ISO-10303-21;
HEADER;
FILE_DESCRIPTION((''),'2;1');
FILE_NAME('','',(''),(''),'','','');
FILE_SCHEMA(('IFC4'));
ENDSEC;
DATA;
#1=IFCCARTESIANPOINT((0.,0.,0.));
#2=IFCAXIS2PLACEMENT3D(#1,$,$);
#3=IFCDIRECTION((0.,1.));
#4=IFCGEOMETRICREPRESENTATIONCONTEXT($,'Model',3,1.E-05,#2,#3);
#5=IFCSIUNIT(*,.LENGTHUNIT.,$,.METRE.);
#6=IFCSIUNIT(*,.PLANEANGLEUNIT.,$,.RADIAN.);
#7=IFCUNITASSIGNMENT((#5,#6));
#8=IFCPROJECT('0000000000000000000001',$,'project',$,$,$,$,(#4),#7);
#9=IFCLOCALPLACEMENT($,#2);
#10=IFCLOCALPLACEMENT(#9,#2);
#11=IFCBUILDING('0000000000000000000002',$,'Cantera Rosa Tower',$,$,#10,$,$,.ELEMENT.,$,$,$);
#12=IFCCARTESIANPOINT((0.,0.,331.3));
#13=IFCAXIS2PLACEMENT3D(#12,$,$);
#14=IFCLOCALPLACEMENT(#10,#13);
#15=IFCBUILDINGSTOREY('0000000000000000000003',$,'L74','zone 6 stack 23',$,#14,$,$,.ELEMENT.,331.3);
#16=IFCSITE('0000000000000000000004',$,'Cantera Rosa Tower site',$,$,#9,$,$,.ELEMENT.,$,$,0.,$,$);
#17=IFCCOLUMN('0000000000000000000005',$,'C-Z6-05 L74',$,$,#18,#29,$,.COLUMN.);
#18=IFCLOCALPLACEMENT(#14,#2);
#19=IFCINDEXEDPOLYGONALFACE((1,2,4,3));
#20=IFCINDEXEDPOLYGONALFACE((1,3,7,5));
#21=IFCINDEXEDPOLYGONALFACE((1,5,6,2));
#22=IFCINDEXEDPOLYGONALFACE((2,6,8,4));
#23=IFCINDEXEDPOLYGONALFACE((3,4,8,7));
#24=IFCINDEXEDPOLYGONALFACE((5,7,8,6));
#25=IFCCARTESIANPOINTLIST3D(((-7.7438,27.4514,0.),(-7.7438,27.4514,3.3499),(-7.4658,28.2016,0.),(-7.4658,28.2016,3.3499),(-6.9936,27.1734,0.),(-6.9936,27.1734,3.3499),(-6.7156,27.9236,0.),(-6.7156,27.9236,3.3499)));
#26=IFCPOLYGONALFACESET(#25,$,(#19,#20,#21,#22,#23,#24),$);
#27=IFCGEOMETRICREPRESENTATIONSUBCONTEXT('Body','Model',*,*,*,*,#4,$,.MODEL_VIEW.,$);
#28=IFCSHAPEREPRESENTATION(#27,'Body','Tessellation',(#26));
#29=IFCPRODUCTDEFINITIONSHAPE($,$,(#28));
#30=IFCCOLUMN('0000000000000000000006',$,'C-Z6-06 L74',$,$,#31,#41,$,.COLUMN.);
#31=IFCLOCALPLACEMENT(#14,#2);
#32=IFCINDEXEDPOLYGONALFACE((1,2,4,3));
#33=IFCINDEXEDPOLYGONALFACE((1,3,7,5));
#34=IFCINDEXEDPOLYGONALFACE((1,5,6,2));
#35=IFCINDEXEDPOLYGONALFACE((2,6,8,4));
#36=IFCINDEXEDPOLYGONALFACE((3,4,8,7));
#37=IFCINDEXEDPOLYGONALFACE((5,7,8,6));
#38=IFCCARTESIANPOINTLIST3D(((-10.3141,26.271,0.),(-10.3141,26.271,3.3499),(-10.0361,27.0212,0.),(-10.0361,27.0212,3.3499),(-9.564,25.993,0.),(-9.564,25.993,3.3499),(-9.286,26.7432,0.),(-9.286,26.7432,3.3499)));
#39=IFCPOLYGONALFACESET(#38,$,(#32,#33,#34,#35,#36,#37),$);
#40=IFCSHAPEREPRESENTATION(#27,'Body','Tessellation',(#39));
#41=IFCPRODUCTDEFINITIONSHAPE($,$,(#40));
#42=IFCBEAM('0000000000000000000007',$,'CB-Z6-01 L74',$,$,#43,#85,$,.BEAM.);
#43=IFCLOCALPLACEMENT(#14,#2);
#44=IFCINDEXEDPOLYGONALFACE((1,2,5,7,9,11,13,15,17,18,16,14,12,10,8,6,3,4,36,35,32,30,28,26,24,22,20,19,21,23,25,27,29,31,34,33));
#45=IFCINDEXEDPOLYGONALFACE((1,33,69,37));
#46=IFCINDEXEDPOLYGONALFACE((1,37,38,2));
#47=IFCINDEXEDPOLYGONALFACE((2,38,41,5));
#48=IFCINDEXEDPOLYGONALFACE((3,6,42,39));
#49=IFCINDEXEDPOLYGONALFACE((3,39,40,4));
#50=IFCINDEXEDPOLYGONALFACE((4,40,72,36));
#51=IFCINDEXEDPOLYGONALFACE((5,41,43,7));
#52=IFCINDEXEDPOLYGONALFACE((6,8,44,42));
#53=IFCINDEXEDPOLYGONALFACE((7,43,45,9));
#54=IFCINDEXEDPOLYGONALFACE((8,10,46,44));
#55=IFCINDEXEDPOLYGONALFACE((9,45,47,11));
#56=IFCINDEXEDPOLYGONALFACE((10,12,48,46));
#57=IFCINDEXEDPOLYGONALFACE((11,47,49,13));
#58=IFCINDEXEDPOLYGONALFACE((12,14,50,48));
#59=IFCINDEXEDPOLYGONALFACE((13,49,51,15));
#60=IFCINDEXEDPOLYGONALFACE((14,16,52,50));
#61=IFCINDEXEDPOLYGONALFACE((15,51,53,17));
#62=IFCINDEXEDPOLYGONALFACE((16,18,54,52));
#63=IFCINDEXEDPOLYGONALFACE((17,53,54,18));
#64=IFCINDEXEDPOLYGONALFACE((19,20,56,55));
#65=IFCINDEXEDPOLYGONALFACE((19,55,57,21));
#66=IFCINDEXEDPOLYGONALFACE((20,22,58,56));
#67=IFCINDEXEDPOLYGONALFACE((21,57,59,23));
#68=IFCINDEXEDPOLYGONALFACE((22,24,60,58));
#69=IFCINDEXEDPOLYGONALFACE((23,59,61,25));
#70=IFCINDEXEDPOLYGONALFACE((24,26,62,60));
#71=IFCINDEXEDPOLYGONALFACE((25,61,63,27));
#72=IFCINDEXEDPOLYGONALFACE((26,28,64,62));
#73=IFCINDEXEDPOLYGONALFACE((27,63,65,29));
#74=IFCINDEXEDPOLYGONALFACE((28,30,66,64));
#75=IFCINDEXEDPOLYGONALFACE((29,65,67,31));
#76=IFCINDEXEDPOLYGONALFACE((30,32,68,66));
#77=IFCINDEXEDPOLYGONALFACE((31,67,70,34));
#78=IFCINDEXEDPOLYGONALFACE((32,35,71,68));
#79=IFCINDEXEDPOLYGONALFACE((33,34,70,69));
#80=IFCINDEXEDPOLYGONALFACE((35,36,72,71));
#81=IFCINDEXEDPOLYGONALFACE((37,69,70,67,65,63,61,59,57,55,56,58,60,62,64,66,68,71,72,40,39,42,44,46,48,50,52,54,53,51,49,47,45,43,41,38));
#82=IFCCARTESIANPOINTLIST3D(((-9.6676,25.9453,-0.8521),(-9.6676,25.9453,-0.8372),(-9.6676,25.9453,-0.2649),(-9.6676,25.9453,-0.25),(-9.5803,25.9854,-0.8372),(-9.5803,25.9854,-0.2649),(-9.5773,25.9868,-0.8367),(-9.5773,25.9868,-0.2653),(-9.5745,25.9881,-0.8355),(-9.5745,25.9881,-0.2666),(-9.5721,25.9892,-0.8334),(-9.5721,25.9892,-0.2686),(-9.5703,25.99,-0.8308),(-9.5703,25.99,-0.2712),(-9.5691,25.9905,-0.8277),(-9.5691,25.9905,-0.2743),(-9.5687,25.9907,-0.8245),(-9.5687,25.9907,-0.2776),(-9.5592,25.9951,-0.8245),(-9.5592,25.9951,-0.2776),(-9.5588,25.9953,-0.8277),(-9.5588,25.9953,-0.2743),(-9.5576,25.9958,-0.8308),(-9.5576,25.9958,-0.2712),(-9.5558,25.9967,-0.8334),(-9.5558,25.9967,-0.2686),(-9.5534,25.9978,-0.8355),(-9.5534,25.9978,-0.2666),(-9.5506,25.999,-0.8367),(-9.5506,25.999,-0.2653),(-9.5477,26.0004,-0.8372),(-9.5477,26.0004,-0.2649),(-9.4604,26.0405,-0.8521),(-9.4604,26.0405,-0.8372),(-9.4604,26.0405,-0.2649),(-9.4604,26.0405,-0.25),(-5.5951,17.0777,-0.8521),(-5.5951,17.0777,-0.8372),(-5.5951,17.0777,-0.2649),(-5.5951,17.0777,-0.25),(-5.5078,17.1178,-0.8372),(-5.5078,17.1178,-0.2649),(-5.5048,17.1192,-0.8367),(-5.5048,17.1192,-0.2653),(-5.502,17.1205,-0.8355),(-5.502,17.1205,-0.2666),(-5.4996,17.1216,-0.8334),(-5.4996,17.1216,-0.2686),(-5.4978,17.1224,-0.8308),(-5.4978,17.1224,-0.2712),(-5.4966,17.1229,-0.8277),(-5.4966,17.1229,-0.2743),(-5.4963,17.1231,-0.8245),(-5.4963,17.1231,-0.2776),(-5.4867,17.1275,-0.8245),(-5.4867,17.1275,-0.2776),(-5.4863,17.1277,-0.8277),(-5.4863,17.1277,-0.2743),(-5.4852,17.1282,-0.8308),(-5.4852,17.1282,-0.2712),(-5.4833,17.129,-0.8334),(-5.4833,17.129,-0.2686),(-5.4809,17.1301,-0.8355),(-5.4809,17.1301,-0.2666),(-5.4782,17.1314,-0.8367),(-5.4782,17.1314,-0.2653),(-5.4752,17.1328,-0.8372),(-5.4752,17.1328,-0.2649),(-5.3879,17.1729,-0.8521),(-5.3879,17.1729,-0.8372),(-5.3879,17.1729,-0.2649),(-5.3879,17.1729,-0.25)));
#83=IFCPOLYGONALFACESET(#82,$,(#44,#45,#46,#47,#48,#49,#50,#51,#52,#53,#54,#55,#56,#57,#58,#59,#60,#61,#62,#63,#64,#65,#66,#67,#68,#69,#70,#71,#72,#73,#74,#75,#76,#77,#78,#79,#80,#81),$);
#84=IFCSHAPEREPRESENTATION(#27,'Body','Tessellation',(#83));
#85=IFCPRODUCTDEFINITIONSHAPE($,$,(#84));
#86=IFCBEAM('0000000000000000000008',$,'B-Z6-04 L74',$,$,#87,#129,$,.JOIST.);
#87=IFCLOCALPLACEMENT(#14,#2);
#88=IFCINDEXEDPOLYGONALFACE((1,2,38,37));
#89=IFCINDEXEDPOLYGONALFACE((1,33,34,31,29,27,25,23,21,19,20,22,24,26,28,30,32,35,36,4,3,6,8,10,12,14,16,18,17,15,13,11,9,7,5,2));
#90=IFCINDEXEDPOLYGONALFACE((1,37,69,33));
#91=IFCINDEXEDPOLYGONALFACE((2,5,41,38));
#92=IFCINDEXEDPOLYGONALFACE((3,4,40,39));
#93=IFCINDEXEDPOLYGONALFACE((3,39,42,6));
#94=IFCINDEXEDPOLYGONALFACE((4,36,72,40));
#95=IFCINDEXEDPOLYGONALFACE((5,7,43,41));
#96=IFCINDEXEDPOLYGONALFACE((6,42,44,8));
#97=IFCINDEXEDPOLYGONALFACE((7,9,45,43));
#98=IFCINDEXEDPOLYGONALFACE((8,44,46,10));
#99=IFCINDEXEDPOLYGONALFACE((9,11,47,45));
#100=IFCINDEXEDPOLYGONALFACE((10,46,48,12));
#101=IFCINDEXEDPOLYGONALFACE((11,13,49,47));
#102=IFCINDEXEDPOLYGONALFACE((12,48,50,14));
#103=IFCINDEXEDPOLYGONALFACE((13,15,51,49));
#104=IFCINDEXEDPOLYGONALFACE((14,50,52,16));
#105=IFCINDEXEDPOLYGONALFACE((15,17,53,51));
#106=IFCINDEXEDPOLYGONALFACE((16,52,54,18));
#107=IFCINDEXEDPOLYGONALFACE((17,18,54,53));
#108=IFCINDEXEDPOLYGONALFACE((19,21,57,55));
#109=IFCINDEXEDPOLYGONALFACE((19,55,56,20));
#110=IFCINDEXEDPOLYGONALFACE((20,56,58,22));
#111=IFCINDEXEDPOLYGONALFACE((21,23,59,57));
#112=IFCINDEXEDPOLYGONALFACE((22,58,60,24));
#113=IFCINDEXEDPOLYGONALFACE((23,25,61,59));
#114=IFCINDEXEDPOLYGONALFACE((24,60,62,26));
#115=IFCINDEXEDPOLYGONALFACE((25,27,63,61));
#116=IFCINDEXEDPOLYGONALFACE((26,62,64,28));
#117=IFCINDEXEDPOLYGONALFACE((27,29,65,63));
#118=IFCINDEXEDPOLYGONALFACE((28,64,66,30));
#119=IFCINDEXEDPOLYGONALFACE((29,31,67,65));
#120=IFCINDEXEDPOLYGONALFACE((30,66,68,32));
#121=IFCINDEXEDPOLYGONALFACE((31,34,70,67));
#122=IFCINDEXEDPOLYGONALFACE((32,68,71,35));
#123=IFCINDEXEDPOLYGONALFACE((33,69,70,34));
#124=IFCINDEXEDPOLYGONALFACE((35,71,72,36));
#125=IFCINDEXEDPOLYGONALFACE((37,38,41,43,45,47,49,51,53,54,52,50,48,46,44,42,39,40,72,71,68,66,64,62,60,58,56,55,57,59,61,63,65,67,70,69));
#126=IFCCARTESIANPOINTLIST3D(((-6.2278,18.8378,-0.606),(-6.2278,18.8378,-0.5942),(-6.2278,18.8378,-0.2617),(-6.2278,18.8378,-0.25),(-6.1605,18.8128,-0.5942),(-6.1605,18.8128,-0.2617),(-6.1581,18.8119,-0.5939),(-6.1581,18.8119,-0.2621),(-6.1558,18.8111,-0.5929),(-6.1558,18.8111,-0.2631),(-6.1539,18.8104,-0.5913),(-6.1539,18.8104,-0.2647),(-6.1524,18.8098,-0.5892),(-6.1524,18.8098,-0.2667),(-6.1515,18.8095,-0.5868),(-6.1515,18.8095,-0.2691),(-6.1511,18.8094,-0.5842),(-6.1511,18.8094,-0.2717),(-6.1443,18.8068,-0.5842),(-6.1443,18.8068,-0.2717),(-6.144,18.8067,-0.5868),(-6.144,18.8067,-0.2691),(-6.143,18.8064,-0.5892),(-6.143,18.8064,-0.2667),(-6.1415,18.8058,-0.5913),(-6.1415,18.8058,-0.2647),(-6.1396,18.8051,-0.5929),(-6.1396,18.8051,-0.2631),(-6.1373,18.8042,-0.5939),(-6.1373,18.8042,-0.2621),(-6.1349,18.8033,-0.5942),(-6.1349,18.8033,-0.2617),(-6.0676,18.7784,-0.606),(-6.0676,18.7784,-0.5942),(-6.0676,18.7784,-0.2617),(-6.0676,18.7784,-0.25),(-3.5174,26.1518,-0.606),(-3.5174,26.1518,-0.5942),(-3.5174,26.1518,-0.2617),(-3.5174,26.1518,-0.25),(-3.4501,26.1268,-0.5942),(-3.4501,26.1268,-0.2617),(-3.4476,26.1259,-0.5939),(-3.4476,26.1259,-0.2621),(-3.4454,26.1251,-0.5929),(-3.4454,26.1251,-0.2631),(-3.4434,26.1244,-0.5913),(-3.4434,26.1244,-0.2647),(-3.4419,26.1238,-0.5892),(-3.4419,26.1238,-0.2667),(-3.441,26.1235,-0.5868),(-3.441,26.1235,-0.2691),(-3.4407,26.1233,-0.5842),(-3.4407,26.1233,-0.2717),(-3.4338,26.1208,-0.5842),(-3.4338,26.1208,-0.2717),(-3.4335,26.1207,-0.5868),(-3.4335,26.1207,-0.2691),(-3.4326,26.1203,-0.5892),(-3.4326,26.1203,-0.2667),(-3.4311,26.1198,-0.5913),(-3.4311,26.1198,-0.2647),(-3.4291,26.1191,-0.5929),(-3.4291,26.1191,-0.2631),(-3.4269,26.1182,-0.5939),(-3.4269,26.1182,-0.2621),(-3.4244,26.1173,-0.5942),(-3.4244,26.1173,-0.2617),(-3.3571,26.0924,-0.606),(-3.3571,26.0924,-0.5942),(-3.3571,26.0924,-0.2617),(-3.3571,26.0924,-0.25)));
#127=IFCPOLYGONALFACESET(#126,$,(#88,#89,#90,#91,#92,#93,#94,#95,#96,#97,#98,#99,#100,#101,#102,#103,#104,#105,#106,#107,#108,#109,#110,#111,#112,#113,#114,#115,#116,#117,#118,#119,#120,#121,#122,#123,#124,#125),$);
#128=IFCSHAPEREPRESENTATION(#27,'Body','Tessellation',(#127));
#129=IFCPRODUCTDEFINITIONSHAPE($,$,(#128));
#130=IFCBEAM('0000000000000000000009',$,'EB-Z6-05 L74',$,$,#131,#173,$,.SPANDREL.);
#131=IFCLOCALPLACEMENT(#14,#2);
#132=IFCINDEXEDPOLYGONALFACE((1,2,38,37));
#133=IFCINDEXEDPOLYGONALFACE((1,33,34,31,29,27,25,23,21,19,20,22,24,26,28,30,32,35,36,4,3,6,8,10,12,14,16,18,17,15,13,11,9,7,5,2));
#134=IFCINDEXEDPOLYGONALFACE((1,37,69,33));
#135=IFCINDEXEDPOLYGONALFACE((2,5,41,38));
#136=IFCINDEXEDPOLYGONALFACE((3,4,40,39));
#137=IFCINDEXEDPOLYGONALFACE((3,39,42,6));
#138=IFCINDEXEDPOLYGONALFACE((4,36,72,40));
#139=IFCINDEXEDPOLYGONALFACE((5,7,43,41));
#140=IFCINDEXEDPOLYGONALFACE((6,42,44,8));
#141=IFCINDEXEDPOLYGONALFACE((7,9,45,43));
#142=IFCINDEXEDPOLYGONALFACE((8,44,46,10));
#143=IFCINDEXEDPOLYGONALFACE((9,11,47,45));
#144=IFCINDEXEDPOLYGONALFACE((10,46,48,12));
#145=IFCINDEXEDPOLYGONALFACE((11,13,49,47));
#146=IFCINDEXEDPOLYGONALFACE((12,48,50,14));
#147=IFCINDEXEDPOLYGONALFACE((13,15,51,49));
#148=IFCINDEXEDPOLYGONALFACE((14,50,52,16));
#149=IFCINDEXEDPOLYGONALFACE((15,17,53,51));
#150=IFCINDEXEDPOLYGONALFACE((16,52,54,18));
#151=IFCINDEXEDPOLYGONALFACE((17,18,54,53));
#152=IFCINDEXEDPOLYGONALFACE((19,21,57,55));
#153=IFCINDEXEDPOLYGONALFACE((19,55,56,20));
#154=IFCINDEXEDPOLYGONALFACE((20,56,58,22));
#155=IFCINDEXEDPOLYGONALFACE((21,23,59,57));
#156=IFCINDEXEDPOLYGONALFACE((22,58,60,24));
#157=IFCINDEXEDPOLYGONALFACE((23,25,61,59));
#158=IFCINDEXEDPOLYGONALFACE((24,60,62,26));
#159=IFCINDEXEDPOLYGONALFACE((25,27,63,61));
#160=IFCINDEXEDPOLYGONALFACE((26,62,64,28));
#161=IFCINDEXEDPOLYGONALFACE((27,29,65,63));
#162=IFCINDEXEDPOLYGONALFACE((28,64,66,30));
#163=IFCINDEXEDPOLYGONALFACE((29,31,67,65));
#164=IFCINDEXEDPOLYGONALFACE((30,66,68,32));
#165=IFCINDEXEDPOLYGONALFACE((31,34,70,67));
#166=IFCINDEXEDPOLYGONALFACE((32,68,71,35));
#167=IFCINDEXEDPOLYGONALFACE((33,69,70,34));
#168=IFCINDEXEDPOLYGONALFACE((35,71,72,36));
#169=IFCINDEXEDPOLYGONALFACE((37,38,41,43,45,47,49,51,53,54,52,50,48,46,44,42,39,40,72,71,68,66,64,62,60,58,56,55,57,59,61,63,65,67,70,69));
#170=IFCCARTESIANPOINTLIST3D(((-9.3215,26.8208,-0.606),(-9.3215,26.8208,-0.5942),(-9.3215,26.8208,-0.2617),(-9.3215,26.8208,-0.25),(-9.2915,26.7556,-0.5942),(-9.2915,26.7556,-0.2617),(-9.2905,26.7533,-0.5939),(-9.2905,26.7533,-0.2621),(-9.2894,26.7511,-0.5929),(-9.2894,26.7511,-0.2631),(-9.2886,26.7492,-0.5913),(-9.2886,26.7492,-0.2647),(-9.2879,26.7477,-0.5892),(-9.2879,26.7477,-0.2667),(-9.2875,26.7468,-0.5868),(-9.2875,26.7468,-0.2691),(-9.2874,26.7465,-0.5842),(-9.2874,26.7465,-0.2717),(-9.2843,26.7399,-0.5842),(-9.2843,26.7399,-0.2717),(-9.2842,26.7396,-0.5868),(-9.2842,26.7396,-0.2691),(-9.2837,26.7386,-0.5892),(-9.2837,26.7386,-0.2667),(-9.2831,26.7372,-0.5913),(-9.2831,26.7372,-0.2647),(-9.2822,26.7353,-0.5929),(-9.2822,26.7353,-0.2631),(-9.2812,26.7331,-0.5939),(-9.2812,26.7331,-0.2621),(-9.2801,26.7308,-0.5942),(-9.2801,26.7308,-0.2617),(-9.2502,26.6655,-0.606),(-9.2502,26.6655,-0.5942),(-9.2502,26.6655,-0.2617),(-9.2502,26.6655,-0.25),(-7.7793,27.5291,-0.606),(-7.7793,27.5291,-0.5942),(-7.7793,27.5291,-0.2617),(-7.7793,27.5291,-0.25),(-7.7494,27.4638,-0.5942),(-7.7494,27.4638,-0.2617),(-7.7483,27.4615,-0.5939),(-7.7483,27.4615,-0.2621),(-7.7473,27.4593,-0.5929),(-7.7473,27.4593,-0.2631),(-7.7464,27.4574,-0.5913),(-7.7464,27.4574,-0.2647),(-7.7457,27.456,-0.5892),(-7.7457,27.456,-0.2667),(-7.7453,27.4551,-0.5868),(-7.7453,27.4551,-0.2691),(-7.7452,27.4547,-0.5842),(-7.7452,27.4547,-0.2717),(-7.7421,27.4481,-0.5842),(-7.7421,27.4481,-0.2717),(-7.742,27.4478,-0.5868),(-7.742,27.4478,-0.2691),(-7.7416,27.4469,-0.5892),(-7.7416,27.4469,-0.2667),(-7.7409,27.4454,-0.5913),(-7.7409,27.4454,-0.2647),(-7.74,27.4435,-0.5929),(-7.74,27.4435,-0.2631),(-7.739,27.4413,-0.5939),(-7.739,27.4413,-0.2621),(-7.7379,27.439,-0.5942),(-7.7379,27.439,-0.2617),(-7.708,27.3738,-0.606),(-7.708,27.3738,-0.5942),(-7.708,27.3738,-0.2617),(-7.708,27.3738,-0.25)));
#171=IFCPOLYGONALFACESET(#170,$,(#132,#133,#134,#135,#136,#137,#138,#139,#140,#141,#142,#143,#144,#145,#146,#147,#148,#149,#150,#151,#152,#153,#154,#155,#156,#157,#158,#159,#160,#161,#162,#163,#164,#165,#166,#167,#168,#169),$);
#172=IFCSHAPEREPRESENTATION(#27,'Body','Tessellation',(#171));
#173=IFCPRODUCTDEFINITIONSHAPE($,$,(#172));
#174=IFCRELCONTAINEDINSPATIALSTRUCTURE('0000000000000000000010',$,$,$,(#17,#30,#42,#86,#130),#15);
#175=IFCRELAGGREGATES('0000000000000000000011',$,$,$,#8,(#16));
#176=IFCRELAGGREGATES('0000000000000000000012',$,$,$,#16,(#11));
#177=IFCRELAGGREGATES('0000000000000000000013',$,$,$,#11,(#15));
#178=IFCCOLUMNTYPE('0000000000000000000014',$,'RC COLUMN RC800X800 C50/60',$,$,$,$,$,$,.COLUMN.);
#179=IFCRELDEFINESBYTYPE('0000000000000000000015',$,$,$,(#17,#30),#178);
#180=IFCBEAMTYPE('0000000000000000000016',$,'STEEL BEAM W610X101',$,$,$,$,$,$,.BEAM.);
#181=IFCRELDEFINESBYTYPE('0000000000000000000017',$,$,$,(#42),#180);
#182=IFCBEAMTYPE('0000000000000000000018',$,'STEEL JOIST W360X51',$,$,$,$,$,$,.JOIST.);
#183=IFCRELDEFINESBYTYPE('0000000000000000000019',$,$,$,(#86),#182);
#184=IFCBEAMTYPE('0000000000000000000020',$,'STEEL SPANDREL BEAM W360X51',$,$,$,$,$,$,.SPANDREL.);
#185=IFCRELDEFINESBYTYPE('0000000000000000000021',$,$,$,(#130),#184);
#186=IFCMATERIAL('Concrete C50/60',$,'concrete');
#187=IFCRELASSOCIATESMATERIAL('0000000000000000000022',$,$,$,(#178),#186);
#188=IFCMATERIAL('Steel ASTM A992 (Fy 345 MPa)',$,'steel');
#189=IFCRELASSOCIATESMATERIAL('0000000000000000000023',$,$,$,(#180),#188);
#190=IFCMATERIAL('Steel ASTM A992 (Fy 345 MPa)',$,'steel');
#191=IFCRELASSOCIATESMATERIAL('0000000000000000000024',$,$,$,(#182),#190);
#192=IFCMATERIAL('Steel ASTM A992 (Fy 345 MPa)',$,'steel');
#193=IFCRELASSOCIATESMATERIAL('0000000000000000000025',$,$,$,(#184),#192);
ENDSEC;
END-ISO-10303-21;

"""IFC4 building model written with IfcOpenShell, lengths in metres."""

from ifc_helpers import new_model, si_unit, direction, frame, origin, origin_2d, place, context, subcontext, project, spatial, rectangle, i_section, extrude, material, material_profile, profile_set, type_object, element, save


model = new_model("IFC4")

# Units and contexts
model_context = context("Model", 3, precision=1e-05, world=origin(), true_north=direction((0.0, 1.0)))
body_context = subcontext(model_context, "Body", "Model", "MODEL_VIEW")
ifc_project = project(units=[si_unit("LENGTHUNIT", "METRE"), si_unit("PLANEANGLEUNIT", "RADIAN")], contexts=[model_context])

# Site, building, storey
site_placement = place(None, origin())
site = spatial("IfcSite", under=ifc_project, at=site_placement, Name="Cantera Rosa Tower site", CompositionType="ELEMENT", RefElevation=0.0)
building_placement = place(site_placement, origin())
building = spatial("IfcBuilding", under=site, at=building_placement, Name="Cantera Rosa Tower", CompositionType="ELEMENT")
storey_placement = place(building_placement, frame((0.0, 0.0, 331.3)))
storey = spatial("IfcBuildingStorey", under=building, at=storey_placement, Name="L74", Description="zone 6 stack 23", CompositionType="ELEMENT", Elevation=331.3)

# Columns
ifc_material_1 = material(Name="Concrete C50/60", Category="concrete")
ifc_material_profile_1 = material_profile(ifc_material_1, rectangle(XDim=0.8, YDim=0.8, at=origin_2d()), Name="RC COLUMN RC800X800 C50/60")
ifc_profile_set_1 = profile_set([ifc_material_profile_1], Name="Concrete C50/60")
column_type = type_object("IfcColumnType", Name="RC COLUMN RC800X800 C50/60", PredefinedType="COLUMN", material=ifc_profile_set_1)
for number, where, z_axis, x_axis, name in (
    (1, (-7.2297, 27.6875, 0.0), (0.0, 0.0, 1.0), (0.347481, 0.937687, 0.0), "C-Z6-05 L74"),
    (2, (-9.8, 26.5071, 0.0), (0.0, 0.0, 1.0), (0.347481, 0.937687, 0.0), "C-Z6-06 L74"),
):
    element("IfcColumn", number, at=place(storey_placement, frame(where, z_axis=z_axis, x_axis=x_axis)), inside=storey, type_object=column_type, Name=name, PredefinedType="COLUMN", context=body_context, shape_type="SweptSolid", body=[
        extrude(rectangle(XDim=0.8, YDim=0.8, at=origin_2d()), origin(), (0.0, 0.0, 1.0), 3.3499),
    ])

# Beams
ifc_material_2 = material(Name="Steel ASTM A992 (Fy 345 MPa)", Category="steel")
ifc_material_profile_2 = material_profile(ifc_material_2, i_section(OverallWidth=0.228, OverallDepth=0.6021, WebThickness=0.0105, FlangeThickness=0.0149, FilletRadius=0.0127, at=origin_2d()), Name="W610X101")
ifc_profile_set_2 = profile_set([ifc_material_profile_2], Name="Steel ASTM A992 (Fy 345 MPa)")
beam_type_1 = type_object("IfcBeamType", Name="STEEL BEAM W610X101", PredefinedType="BEAM", material=ifc_profile_set_2)
beam_1_placement = place(storey_placement, frame((-9.564, 25.9929, -0.551), z_axis=(0.417346, -0.908748, 0.0), x_axis=(0.908748, 0.417346, 0.0)))
element("IfcBeam", 3, at=beam_1_placement, inside=storey, type_object=beam_type_1, Name="CB-Z6-01 L74", PredefinedType="BEAM", context=body_context, shape_type="SweptSolid", body=[
    extrude(i_section(OverallWidth=0.228, OverallDepth=0.6021, WebThickness=0.0105, FlangeThickness=0.0149, FilletRadius=0.0127, at=origin_2d()), origin(), (0.0, 0.0, 1.0), 9.7581),
])
ifc_material_3 = material(Name="Steel ASTM A992 (Fy 345 MPa)", Category="steel")
ifc_material_profile_3 = material_profile(ifc_material_3, i_section(OverallWidth=0.1709, OverallDepth=0.356, WebThickness=0.0073, FlangeThickness=0.0117, FilletRadius=0.01, at=origin_2d()), Name="W360X51")
ifc_profile_set_3 = profile_set([ifc_material_profile_3], Name="Steel ASTM A992 (Fy 345 MPa)")
beam_type_2 = type_object("IfcBeamType", Name="STEEL JOIST W360X51", PredefinedType="JOIST", material=ifc_profile_set_3)
beam_2_placement = place(storey_placement, frame((-3.4373, 26.1221, -0.428), z_axis=(-0.347492, -0.937683, 0.0), x_axis=(0.937683, -0.347492, 0.0)))
element("IfcBeam", 4, at=beam_2_placement, inside=storey, type_object=beam_type_2, Name="B-Z6-04 L74", PredefinedType="JOIST", context=body_context, shape_type="SweptSolid", body=[
    extrude(i_section(OverallWidth=0.1709, OverallDepth=0.356, WebThickness=0.0073, FlangeThickness=0.0117, FilletRadius=0.01, at=origin_2d()), origin(), (0.0, 0.0, 1.0), 7.8),
])
ifc_material_4 = material(Name="Steel ASTM A992 (Fy 345 MPa)", Category="steel")
ifc_material_profile_4 = material_profile(ifc_material_4, i_section(OverallWidth=0.1709, OverallDepth=0.356, WebThickness=0.0073, FlangeThickness=0.0117, FilletRadius=0.01, at=origin_2d()), Name="W360X51")
ifc_profile_set_4 = profile_set([ifc_material_profile_4], Name="Steel ASTM A992 (Fy 345 MPa)")
beam_type_3 = type_object("IfcBeamType", Name="STEEL SPANDREL BEAM W360X51", PredefinedType="SPANDREL", material=ifc_profile_set_4)
for number, where, z_axis, x_axis, name in (
    (5, (-7.7437, 27.4514, -0.428), (-0.908754, -0.417333, 0.0), (0.417333, -0.908754, 0.0), "EB-Z6-05 L74"),
):
    element("IfcBeam", number, at=place(storey_placement, frame(where, z_axis=z_axis, x_axis=x_axis)), inside=storey, type_object=beam_type_3, Name=name, PredefinedType="SPANDREL", context=body_context, shape_type="SweptSolid", body=[
        extrude(i_section(OverallWidth=0.1709, OverallDepth=0.356, WebThickness=0.0073, FlangeThickness=0.0117, FilletRadius=0.01, at=origin_2d()), origin(), (0.0, 0.0, 1.0), 1.697),
    ])

save(model, "model.ifc")
